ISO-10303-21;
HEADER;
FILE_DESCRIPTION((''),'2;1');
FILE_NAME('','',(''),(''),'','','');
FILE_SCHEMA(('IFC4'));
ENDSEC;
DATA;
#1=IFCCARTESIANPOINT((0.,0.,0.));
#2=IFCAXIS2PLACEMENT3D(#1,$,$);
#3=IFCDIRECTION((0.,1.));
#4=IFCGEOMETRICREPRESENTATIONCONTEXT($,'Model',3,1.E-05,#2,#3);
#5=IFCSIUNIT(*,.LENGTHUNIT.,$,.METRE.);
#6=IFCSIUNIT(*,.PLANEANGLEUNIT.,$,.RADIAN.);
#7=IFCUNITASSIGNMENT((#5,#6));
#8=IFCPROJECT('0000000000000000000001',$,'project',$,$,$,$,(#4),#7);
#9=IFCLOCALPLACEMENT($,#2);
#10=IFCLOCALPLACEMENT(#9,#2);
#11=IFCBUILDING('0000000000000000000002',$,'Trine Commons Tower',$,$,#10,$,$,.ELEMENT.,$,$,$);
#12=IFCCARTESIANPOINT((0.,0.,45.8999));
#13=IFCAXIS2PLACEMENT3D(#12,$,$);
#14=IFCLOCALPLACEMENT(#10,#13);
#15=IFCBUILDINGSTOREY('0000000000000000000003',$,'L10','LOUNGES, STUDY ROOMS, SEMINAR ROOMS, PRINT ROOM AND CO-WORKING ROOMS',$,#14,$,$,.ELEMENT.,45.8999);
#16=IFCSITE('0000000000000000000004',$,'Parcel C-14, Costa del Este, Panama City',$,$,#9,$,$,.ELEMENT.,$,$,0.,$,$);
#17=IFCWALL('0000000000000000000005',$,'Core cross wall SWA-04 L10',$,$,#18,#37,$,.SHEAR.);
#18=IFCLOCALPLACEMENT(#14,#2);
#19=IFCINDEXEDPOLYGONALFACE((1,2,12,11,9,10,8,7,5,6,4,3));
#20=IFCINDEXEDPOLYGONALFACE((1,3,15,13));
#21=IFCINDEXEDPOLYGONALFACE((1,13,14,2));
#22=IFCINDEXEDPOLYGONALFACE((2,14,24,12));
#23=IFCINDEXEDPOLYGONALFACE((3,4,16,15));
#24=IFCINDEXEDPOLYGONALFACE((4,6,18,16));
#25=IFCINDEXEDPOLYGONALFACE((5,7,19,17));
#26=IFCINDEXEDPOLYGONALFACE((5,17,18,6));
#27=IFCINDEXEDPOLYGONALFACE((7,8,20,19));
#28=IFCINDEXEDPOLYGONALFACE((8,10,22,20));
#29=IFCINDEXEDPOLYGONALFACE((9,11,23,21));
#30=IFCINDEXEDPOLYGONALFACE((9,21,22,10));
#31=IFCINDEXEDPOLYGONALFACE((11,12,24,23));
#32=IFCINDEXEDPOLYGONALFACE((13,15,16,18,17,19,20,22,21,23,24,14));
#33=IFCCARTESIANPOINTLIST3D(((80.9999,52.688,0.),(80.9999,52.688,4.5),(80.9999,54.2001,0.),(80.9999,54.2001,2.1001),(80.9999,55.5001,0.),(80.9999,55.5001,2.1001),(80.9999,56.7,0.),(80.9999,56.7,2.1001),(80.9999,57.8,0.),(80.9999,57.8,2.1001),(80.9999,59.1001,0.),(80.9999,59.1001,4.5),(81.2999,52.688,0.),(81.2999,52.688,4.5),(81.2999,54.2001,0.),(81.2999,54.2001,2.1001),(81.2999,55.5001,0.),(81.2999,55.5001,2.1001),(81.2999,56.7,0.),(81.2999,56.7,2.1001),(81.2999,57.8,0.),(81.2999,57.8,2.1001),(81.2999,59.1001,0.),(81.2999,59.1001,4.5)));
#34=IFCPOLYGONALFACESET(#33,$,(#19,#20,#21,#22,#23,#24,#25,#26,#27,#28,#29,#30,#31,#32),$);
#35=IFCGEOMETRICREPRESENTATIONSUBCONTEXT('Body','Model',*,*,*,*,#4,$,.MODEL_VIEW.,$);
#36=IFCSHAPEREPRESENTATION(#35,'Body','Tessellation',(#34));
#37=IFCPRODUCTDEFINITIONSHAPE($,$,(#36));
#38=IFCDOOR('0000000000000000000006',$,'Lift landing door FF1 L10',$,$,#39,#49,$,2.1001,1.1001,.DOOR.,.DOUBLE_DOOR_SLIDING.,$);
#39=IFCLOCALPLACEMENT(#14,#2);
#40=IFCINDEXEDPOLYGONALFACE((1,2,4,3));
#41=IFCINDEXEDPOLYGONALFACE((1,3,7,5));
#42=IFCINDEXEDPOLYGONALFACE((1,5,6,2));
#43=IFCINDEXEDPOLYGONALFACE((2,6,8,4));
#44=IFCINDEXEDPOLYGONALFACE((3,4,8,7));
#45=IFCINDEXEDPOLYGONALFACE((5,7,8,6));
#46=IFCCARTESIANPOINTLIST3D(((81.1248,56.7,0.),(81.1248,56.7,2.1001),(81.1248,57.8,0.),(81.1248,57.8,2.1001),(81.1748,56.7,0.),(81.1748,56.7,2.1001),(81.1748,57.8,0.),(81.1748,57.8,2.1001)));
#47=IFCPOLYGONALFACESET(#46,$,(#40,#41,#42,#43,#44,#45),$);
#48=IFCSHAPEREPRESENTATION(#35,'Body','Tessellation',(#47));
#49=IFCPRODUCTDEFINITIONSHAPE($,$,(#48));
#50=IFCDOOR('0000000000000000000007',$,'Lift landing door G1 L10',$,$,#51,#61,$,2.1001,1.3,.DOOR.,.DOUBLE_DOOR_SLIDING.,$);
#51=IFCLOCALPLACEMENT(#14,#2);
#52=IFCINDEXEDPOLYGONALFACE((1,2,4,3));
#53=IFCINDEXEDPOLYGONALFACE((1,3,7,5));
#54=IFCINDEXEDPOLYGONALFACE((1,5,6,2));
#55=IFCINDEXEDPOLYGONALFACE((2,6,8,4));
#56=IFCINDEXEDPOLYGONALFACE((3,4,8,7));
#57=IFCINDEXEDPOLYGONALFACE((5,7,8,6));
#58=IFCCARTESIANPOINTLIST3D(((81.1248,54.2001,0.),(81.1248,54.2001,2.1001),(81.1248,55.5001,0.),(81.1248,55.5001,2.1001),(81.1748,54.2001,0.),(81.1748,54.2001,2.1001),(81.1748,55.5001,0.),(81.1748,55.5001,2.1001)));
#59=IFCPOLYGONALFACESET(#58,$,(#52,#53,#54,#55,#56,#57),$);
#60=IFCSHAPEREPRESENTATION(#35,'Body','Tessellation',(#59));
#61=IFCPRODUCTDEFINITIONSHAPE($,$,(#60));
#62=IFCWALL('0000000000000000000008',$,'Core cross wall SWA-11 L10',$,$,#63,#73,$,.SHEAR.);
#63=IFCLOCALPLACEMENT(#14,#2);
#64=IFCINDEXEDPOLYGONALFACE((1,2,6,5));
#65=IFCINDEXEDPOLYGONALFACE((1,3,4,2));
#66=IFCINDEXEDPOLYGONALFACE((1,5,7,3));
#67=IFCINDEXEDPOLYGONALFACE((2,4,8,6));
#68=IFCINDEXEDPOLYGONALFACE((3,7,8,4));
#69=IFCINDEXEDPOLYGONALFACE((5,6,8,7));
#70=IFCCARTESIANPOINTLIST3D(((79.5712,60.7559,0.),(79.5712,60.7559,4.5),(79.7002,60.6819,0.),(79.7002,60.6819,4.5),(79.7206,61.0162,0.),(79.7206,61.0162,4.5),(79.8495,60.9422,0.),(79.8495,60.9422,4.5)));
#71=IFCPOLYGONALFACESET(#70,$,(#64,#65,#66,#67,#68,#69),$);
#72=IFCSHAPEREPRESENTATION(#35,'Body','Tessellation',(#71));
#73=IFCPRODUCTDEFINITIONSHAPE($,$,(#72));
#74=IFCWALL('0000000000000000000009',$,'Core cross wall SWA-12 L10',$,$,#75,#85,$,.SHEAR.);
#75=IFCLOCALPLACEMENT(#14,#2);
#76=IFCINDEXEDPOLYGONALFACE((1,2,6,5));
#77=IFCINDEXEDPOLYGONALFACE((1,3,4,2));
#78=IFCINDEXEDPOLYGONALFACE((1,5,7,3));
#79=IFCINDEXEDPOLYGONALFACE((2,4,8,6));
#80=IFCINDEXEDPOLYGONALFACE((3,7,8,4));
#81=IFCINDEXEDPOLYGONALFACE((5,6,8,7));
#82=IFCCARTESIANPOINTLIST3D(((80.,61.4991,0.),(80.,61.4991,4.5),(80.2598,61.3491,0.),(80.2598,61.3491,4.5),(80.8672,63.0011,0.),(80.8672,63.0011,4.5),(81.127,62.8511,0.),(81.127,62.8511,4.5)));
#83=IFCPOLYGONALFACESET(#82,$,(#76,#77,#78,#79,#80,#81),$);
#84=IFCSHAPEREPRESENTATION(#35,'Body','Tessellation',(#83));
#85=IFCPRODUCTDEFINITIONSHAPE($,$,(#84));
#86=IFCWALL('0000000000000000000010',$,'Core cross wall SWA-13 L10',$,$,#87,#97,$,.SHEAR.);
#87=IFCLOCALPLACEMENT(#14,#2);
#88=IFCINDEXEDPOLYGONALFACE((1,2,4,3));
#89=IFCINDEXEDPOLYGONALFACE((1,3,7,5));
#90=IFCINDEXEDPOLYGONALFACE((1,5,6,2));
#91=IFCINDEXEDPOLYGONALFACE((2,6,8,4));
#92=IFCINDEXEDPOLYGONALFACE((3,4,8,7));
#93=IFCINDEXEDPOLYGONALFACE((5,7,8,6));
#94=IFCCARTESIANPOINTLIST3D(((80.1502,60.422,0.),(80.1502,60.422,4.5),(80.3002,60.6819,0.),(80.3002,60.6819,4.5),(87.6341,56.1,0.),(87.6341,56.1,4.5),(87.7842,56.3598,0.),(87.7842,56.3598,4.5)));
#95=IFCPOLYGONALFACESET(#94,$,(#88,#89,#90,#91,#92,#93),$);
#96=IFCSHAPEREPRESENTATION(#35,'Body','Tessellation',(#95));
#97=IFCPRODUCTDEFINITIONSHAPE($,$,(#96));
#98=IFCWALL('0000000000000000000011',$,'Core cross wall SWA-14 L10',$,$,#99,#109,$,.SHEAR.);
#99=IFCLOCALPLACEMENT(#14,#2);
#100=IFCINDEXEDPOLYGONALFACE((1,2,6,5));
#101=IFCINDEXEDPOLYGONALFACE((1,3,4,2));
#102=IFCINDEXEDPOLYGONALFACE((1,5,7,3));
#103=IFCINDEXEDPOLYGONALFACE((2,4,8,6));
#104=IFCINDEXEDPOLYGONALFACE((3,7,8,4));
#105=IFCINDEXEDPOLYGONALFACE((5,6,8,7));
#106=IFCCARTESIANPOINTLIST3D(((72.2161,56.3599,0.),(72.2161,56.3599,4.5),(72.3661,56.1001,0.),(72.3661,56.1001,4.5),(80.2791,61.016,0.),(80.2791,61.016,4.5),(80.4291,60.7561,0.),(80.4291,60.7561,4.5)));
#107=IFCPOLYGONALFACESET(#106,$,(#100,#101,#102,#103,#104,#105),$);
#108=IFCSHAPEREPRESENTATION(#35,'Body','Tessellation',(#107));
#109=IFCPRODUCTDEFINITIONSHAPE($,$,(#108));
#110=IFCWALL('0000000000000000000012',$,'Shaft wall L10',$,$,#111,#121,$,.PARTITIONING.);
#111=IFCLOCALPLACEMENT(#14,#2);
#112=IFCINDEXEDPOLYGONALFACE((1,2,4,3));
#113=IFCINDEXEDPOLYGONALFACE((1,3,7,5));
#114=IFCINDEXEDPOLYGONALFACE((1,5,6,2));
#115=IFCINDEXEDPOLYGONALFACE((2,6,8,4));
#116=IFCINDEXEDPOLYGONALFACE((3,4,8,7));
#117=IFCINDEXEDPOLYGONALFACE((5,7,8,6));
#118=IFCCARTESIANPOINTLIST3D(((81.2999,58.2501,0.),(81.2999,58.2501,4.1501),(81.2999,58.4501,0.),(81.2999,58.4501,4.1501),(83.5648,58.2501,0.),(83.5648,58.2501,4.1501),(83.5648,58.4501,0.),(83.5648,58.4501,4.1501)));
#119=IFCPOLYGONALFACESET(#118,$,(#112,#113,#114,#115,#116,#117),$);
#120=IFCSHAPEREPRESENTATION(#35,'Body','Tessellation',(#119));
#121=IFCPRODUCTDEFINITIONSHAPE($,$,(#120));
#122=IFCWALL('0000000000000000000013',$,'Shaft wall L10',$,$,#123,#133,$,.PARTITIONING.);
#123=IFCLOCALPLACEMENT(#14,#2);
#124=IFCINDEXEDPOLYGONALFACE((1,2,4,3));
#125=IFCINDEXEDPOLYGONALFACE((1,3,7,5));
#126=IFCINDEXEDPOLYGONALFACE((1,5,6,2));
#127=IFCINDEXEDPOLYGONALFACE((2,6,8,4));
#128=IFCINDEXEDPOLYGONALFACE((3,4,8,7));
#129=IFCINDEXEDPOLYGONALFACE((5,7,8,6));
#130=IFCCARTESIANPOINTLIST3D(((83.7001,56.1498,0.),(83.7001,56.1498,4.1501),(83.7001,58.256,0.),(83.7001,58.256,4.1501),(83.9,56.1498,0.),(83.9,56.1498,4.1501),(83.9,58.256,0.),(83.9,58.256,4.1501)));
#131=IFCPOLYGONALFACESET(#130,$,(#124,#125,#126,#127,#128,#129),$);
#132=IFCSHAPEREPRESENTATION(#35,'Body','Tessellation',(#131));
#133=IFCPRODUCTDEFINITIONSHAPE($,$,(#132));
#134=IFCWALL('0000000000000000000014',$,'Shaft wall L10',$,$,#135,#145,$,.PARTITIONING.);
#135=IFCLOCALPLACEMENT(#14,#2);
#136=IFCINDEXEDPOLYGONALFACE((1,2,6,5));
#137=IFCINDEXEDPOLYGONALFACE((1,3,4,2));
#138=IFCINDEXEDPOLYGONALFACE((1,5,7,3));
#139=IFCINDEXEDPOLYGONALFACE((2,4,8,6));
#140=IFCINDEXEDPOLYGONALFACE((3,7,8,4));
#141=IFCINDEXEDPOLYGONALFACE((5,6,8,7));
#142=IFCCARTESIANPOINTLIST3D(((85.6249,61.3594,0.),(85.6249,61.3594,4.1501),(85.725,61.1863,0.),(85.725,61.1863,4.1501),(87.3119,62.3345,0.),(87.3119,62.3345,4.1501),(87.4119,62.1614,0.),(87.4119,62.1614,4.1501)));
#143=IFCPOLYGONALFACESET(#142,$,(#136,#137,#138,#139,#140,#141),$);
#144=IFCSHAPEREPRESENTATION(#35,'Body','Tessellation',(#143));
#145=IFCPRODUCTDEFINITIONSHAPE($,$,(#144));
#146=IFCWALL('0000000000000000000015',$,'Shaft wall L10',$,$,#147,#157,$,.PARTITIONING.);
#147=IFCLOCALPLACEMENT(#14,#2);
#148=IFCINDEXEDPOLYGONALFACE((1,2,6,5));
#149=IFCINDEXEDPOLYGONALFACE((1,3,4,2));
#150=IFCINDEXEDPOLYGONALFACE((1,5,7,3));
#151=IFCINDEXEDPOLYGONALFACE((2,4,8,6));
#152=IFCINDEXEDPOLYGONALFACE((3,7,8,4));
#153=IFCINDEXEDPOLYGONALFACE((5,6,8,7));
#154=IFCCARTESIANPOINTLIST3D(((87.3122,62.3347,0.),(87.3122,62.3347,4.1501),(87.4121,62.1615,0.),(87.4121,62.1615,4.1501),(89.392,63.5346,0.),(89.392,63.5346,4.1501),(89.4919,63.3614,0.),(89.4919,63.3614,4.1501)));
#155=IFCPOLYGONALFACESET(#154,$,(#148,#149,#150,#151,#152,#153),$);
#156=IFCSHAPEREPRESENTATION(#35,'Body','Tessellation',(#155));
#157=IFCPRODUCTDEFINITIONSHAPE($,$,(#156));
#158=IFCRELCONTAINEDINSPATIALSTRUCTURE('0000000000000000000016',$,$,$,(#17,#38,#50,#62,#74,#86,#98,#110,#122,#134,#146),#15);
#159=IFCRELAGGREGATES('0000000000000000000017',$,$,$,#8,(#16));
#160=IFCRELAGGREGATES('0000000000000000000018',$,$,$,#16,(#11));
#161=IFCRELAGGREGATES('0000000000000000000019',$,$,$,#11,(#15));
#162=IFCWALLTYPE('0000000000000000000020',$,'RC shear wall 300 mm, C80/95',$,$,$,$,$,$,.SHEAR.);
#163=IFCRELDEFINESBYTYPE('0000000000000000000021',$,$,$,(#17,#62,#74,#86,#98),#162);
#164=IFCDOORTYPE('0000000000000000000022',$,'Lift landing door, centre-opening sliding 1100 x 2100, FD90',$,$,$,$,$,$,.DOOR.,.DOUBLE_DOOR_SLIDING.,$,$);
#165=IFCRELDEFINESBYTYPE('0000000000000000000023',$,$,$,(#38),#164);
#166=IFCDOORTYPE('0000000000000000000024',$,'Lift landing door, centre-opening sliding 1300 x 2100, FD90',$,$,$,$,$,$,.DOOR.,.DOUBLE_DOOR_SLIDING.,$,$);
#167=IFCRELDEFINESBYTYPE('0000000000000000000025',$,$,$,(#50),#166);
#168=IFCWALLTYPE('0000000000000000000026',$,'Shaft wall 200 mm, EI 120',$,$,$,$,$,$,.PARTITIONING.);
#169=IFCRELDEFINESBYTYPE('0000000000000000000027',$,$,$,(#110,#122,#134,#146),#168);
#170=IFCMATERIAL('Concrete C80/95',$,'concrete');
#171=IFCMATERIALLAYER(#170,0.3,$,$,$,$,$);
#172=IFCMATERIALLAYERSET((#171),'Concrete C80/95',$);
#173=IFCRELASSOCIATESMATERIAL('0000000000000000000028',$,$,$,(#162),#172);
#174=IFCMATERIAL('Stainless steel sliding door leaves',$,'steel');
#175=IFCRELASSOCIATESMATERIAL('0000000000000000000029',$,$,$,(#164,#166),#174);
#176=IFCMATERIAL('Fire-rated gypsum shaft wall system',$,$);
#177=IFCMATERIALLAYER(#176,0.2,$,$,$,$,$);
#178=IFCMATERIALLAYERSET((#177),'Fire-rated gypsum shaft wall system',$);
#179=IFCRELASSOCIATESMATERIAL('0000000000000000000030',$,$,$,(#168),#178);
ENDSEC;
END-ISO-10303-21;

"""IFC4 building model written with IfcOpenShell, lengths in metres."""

from ifc_helpers import new_model, si_unit, direction, frame, frame_2d, origin, place, context, subcontext, project, spatial, rectangle, extrude, material, layer, layer_set, type_object, element, fill, save


model = new_model("IFC4")

# Units and contexts
model_context = context("Model", 3, precision=1e-05, world=origin(), true_north=direction((0.0, 1.0)))
body_context = subcontext(model_context, "Body", "Model", "MODEL_VIEW")
ifc_project = project(units=[si_unit("LENGTHUNIT", "METRE"), si_unit("PLANEANGLEUNIT", "RADIAN")], contexts=[model_context])

# Site, building, storey
site_placement = place(None, origin())
site = spatial("IfcSite", under=ifc_project, at=site_placement, Name="Parcel C-14, Costa del Este, Panama City", CompositionType="ELEMENT", RefElevation=0.0)
building_placement = place(site_placement, origin())
building = spatial("IfcBuilding", under=site, at=building_placement, Name="Trine Commons Tower", CompositionType="ELEMENT")
storey_placement = place(building_placement, frame((0.0, 0.0, 45.8999)))
storey = spatial("IfcBuildingStorey", under=building, at=storey_placement, Name="L10", Description="LOUNGES, STUDY ROOMS, SEMINAR ROOMS, PRINT ROOM AND CO-WORKING ROOMS", CompositionType="ELEMENT", Elevation=45.8999)

# Wall, openings, doors
ifc_material_1 = material(Name="Concrete C80/95", Category="concrete")
ifc_layer_1 = layer(ifc_material_1, 0.3)
ifc_layer_set_1 = layer_set([ifc_layer_1], Name="Concrete C80/95")
wall_type_1 = type_object("IfcWallType", Name="RC shear wall 300 mm, C80/95", PredefinedType="SHEAR", material=ifc_layer_set_1)
wall_1_placement = place(storey_placement, frame((81.1499, 59.1001, 0.0), z_axis=(0.0, 0.0, 1.0), x_axis=(0.0, -1.0, 0.0)))
wall_1 = element("IfcWall", 1, at=wall_1_placement, inside=storey, type_object=wall_type_1, Name="Core cross wall SWA-04 L10", PredefinedType="SHEAR", context=body_context, shape_type="SweptSolid", body=[
    extrude(rectangle(XDim=6.4121, YDim=0.3, at=frame_2d((3.2061, 0.0))), origin(), (0.0, 0.0, 1.0), 4.5),
])
opening_1_placement = place(wall_1_placement, frame((3.6001, 0.0, 0.0)))
opening_1 = element("IfcOpeningElement", 2, at=opening_1_placement, cuts=wall_1, PredefinedType="OPENING", context=body_context, shape_type="SweptSolid", body=[
    extrude(rectangle(XDim=1.3, YDim=2.1001, at=frame_2d((0.6499, 1.05))), frame((0.0, 0.1599, 0.0), z_axis=(0.0, -1.0, 0.0), x_axis=(1.0, 0.0, 0.0)), (0.0, 0.0, 1.0), 0.3201),
])
opening_2_placement = place(wall_1_placement, frame((1.3, 0.0, 0.0)))
opening_2 = element("IfcOpeningElement", 3, at=opening_2_placement, cuts=wall_1, PredefinedType="OPENING", context=body_context, shape_type="SweptSolid", body=[
    extrude(rectangle(XDim=1.1001, YDim=2.1001, at=frame_2d((0.55, 1.05))), frame((0.0, 0.1599, 0.0), z_axis=(0.0, -1.0, 0.0), x_axis=(1.0, 0.0, 0.0)), (0.0, 0.0, 1.0), 0.3201),
])
ifc_material_2 = material(Name="Stainless steel sliding door leaves", Category="steel")
door_type_1 = type_object("IfcDoorType", Name="Lift landing door, centre-opening sliding 1100 x 2100, FD90", OperationType="DOUBLE_DOOR_SLIDING", PredefinedType="DOOR", material=ifc_material_2)
door_1_placement = place(opening_2_placement, origin())
door_1 = element("IfcDoor", 4, at=door_1_placement, inside=storey, type_object=door_type_1, Name="Lift landing door FF1 L10", OperationType="DOUBLE_DOOR_SLIDING", OverallHeight=2.1001, OverallWidth=1.1001, PredefinedType="DOOR", context=body_context, shape_type="SweptSolid", body=[
    extrude(rectangle(XDim=1.1001, YDim=2.1001, at=frame_2d((0.55, 1.05))), frame((0.0, 0.0249, 0.0), z_axis=(0.0, -1.0, 0.0), x_axis=(1.0, 0.0, 0.0)), (0.0, 0.0, 1.0), 0.05),
])
fill(opening_2, door_1)
door_type_2 = type_object("IfcDoorType", Name="Lift landing door, centre-opening sliding 1300 x 2100, FD90", OperationType="DOUBLE_DOOR_SLIDING", PredefinedType="DOOR", material=ifc_material_2)
door_2_placement = place(opening_1_placement, origin())
door_2 = element("IfcDoor", 5, at=door_2_placement, inside=storey, type_object=door_type_2, Name="Lift landing door G1 L10", OperationType="DOUBLE_DOOR_SLIDING", OverallHeight=2.1001, OverallWidth=1.3, PredefinedType="DOOR", context=body_context, shape_type="SweptSolid", body=[
    extrude(rectangle(XDim=1.3, YDim=2.1001, at=frame_2d((0.6499, 1.05))), frame((0.0, 0.0249, 0.0), z_axis=(0.0, -1.0, 0.0), x_axis=(1.0, 0.0, 0.0)), (0.0, 0.0, 1.0), 0.05),
])
fill(opening_1, door_2)

# Walls
wall_2_placement = place(storey_placement, frame((79.646, 60.886, 0.0), z_axis=(0.0, 0.0, 1.0), x_axis=(0.867332, -0.49773, 0.0)))
element("IfcWall", 6, at=wall_2_placement, inside=storey, type_object=wall_type_1, Name="Core cross wall SWA-11 L10", PredefinedType="SHEAR", context=body_context, shape_type="SweptSolid", body=[
    extrude(rectangle(XDim=0.1487, YDim=0.3, at=frame_2d((0.0742, 0.0))), origin(), (0.0, 0.0, 1.0), 4.5),
])
wall_3_placement = place(storey_placement, frame((80.1299, 61.4241, 0.0), z_axis=(0.0, 0.0, 1.0), x_axis=(0.500015, 0.866017, 0.0)))
element("IfcWall", 7, at=wall_3_placement, inside=storey, type_object=wall_type_1, Name="Core cross wall SWA-12 L10", PredefinedType="SHEAR", context=body_context, shape_type="SweptSolid", body=[
    extrude(rectangle(XDim=1.7344, YDim=0.3, at=frame_2d((0.8672, 0.0))), origin(), (0.0, 0.0, 1.0), 4.5),
])
wall_4_placement = place(storey_placement, frame((80.2251, 60.552, 0.0), z_axis=(0.0, 0.0, 1.0), x_axis=(0.865965, -0.500104, 0.0)))
element("IfcWall", 8, at=wall_4_placement, inside=storey, type_object=wall_type_1, Name="Core cross wall SWA-13 L10", PredefinedType="SHEAR", context=body_context, shape_type="SweptSolid", body=[
    extrude(rectangle(XDim=8.6423, YDim=0.3, at=frame_2d((4.3213, 0.0))), origin(), (0.0, 0.0, 1.0), 4.5),
])
wall_5_placement = place(storey_placement, frame((80.354, 60.886, 0.0), z_axis=(0.0, 0.0, 1.0), x_axis=(-0.865986, -0.500067, 0.0)))
element("IfcWall", 9, at=wall_5_placement, inside=storey, type_object=wall_type_1, Name="Core cross wall SWA-14 L10", PredefinedType="SHEAR", context=body_context, shape_type="SweptSolid", body=[
    extrude(rectangle(XDim=9.3108, YDim=0.3, at=frame_2d((4.6553, 0.0))), origin(), (0.0, 0.0, 1.0), 4.5),
])
ifc_material_3 = material(Name="Fire-rated gypsum shaft wall system")
ifc_layer_2 = layer(ifc_material_3, 0.2)
ifc_layer_set_2 = layer_set([ifc_layer_2], Name="Fire-rated gypsum shaft wall system")
wall_type_2 = type_object("IfcWallType", Name="Shaft wall 200 mm, EI 120", PredefinedType="PARTITIONING", material=ifc_layer_set_2)
wall_6_placement = place(storey_placement, frame((81.3, 58.3501, 0.0), z_axis=(0.0, 0.0, 1.0), x_axis=(1.0, 0.0, 0.0)))
element("IfcWall", 10, at=wall_6_placement, inside=storey, type_object=wall_type_2, Name="Shaft wall L10", PredefinedType="PARTITIONING", context=body_context, shape_type="SweptSolid", body=[
    extrude(rectangle(XDim=2.2649, YDim=0.2, at=frame_2d((1.1323, 0.0))), origin(), (0.0, 0.0, 1.0), 4.1501),
])
wall_7_placement = place(storey_placement, frame((83.8, 58.2561, 0.0), z_axis=(0.0, 0.0, 1.0), x_axis=(0.0, -1.0, 0.0)))
element("IfcWall", 11, at=wall_7_placement, inside=storey, type_object=wall_type_2, Name="Shaft wall L10", PredefinedType="PARTITIONING", context=body_context, shape_type="SweptSolid", body=[
    extrude(rectangle(XDim=2.1062, YDim=0.2, at=frame_2d((1.0532, 0.0))), origin(), (0.0, 0.0, 1.0), 4.1501),
])
wall_8_placement = place(storey_placement, frame((85.675, 61.2729, 0.0), z_axis=(0.0, 0.0, 1.0), x_axis=(0.865781, 0.500424, 0.0)))
element("IfcWall", 12, at=wall_8_placement, inside=storey, type_object=wall_type_2, Name="Shaft wall L10", PredefinedType="PARTITIONING", context=body_context, shape_type="SweptSolid", body=[
    extrude(rectangle(XDim=1.9485, YDim=0.2, at=frame_2d((0.9741, 0.0))), origin(), (0.0, 0.0, 1.0), 4.1501),
])
wall_9_placement = place(storey_placement, frame((87.3621, 62.248, 0.0), z_axis=(0.0, 0.0, 1.0), x_axis=(0.866177, 0.499737, 0.0)))
element("IfcWall", 13, at=wall_9_placement, inside=storey, type_object=wall_type_2, Name="Shaft wall L10", PredefinedType="PARTITIONING", context=body_context, shape_type="SweptSolid", body=[
    extrude(rectangle(XDim=2.4011, YDim=0.2, at=frame_2d((1.2007, 0.0))), origin(), (0.0, 0.0, 1.0), 4.1501),
])

save(model, "model.ifc")
